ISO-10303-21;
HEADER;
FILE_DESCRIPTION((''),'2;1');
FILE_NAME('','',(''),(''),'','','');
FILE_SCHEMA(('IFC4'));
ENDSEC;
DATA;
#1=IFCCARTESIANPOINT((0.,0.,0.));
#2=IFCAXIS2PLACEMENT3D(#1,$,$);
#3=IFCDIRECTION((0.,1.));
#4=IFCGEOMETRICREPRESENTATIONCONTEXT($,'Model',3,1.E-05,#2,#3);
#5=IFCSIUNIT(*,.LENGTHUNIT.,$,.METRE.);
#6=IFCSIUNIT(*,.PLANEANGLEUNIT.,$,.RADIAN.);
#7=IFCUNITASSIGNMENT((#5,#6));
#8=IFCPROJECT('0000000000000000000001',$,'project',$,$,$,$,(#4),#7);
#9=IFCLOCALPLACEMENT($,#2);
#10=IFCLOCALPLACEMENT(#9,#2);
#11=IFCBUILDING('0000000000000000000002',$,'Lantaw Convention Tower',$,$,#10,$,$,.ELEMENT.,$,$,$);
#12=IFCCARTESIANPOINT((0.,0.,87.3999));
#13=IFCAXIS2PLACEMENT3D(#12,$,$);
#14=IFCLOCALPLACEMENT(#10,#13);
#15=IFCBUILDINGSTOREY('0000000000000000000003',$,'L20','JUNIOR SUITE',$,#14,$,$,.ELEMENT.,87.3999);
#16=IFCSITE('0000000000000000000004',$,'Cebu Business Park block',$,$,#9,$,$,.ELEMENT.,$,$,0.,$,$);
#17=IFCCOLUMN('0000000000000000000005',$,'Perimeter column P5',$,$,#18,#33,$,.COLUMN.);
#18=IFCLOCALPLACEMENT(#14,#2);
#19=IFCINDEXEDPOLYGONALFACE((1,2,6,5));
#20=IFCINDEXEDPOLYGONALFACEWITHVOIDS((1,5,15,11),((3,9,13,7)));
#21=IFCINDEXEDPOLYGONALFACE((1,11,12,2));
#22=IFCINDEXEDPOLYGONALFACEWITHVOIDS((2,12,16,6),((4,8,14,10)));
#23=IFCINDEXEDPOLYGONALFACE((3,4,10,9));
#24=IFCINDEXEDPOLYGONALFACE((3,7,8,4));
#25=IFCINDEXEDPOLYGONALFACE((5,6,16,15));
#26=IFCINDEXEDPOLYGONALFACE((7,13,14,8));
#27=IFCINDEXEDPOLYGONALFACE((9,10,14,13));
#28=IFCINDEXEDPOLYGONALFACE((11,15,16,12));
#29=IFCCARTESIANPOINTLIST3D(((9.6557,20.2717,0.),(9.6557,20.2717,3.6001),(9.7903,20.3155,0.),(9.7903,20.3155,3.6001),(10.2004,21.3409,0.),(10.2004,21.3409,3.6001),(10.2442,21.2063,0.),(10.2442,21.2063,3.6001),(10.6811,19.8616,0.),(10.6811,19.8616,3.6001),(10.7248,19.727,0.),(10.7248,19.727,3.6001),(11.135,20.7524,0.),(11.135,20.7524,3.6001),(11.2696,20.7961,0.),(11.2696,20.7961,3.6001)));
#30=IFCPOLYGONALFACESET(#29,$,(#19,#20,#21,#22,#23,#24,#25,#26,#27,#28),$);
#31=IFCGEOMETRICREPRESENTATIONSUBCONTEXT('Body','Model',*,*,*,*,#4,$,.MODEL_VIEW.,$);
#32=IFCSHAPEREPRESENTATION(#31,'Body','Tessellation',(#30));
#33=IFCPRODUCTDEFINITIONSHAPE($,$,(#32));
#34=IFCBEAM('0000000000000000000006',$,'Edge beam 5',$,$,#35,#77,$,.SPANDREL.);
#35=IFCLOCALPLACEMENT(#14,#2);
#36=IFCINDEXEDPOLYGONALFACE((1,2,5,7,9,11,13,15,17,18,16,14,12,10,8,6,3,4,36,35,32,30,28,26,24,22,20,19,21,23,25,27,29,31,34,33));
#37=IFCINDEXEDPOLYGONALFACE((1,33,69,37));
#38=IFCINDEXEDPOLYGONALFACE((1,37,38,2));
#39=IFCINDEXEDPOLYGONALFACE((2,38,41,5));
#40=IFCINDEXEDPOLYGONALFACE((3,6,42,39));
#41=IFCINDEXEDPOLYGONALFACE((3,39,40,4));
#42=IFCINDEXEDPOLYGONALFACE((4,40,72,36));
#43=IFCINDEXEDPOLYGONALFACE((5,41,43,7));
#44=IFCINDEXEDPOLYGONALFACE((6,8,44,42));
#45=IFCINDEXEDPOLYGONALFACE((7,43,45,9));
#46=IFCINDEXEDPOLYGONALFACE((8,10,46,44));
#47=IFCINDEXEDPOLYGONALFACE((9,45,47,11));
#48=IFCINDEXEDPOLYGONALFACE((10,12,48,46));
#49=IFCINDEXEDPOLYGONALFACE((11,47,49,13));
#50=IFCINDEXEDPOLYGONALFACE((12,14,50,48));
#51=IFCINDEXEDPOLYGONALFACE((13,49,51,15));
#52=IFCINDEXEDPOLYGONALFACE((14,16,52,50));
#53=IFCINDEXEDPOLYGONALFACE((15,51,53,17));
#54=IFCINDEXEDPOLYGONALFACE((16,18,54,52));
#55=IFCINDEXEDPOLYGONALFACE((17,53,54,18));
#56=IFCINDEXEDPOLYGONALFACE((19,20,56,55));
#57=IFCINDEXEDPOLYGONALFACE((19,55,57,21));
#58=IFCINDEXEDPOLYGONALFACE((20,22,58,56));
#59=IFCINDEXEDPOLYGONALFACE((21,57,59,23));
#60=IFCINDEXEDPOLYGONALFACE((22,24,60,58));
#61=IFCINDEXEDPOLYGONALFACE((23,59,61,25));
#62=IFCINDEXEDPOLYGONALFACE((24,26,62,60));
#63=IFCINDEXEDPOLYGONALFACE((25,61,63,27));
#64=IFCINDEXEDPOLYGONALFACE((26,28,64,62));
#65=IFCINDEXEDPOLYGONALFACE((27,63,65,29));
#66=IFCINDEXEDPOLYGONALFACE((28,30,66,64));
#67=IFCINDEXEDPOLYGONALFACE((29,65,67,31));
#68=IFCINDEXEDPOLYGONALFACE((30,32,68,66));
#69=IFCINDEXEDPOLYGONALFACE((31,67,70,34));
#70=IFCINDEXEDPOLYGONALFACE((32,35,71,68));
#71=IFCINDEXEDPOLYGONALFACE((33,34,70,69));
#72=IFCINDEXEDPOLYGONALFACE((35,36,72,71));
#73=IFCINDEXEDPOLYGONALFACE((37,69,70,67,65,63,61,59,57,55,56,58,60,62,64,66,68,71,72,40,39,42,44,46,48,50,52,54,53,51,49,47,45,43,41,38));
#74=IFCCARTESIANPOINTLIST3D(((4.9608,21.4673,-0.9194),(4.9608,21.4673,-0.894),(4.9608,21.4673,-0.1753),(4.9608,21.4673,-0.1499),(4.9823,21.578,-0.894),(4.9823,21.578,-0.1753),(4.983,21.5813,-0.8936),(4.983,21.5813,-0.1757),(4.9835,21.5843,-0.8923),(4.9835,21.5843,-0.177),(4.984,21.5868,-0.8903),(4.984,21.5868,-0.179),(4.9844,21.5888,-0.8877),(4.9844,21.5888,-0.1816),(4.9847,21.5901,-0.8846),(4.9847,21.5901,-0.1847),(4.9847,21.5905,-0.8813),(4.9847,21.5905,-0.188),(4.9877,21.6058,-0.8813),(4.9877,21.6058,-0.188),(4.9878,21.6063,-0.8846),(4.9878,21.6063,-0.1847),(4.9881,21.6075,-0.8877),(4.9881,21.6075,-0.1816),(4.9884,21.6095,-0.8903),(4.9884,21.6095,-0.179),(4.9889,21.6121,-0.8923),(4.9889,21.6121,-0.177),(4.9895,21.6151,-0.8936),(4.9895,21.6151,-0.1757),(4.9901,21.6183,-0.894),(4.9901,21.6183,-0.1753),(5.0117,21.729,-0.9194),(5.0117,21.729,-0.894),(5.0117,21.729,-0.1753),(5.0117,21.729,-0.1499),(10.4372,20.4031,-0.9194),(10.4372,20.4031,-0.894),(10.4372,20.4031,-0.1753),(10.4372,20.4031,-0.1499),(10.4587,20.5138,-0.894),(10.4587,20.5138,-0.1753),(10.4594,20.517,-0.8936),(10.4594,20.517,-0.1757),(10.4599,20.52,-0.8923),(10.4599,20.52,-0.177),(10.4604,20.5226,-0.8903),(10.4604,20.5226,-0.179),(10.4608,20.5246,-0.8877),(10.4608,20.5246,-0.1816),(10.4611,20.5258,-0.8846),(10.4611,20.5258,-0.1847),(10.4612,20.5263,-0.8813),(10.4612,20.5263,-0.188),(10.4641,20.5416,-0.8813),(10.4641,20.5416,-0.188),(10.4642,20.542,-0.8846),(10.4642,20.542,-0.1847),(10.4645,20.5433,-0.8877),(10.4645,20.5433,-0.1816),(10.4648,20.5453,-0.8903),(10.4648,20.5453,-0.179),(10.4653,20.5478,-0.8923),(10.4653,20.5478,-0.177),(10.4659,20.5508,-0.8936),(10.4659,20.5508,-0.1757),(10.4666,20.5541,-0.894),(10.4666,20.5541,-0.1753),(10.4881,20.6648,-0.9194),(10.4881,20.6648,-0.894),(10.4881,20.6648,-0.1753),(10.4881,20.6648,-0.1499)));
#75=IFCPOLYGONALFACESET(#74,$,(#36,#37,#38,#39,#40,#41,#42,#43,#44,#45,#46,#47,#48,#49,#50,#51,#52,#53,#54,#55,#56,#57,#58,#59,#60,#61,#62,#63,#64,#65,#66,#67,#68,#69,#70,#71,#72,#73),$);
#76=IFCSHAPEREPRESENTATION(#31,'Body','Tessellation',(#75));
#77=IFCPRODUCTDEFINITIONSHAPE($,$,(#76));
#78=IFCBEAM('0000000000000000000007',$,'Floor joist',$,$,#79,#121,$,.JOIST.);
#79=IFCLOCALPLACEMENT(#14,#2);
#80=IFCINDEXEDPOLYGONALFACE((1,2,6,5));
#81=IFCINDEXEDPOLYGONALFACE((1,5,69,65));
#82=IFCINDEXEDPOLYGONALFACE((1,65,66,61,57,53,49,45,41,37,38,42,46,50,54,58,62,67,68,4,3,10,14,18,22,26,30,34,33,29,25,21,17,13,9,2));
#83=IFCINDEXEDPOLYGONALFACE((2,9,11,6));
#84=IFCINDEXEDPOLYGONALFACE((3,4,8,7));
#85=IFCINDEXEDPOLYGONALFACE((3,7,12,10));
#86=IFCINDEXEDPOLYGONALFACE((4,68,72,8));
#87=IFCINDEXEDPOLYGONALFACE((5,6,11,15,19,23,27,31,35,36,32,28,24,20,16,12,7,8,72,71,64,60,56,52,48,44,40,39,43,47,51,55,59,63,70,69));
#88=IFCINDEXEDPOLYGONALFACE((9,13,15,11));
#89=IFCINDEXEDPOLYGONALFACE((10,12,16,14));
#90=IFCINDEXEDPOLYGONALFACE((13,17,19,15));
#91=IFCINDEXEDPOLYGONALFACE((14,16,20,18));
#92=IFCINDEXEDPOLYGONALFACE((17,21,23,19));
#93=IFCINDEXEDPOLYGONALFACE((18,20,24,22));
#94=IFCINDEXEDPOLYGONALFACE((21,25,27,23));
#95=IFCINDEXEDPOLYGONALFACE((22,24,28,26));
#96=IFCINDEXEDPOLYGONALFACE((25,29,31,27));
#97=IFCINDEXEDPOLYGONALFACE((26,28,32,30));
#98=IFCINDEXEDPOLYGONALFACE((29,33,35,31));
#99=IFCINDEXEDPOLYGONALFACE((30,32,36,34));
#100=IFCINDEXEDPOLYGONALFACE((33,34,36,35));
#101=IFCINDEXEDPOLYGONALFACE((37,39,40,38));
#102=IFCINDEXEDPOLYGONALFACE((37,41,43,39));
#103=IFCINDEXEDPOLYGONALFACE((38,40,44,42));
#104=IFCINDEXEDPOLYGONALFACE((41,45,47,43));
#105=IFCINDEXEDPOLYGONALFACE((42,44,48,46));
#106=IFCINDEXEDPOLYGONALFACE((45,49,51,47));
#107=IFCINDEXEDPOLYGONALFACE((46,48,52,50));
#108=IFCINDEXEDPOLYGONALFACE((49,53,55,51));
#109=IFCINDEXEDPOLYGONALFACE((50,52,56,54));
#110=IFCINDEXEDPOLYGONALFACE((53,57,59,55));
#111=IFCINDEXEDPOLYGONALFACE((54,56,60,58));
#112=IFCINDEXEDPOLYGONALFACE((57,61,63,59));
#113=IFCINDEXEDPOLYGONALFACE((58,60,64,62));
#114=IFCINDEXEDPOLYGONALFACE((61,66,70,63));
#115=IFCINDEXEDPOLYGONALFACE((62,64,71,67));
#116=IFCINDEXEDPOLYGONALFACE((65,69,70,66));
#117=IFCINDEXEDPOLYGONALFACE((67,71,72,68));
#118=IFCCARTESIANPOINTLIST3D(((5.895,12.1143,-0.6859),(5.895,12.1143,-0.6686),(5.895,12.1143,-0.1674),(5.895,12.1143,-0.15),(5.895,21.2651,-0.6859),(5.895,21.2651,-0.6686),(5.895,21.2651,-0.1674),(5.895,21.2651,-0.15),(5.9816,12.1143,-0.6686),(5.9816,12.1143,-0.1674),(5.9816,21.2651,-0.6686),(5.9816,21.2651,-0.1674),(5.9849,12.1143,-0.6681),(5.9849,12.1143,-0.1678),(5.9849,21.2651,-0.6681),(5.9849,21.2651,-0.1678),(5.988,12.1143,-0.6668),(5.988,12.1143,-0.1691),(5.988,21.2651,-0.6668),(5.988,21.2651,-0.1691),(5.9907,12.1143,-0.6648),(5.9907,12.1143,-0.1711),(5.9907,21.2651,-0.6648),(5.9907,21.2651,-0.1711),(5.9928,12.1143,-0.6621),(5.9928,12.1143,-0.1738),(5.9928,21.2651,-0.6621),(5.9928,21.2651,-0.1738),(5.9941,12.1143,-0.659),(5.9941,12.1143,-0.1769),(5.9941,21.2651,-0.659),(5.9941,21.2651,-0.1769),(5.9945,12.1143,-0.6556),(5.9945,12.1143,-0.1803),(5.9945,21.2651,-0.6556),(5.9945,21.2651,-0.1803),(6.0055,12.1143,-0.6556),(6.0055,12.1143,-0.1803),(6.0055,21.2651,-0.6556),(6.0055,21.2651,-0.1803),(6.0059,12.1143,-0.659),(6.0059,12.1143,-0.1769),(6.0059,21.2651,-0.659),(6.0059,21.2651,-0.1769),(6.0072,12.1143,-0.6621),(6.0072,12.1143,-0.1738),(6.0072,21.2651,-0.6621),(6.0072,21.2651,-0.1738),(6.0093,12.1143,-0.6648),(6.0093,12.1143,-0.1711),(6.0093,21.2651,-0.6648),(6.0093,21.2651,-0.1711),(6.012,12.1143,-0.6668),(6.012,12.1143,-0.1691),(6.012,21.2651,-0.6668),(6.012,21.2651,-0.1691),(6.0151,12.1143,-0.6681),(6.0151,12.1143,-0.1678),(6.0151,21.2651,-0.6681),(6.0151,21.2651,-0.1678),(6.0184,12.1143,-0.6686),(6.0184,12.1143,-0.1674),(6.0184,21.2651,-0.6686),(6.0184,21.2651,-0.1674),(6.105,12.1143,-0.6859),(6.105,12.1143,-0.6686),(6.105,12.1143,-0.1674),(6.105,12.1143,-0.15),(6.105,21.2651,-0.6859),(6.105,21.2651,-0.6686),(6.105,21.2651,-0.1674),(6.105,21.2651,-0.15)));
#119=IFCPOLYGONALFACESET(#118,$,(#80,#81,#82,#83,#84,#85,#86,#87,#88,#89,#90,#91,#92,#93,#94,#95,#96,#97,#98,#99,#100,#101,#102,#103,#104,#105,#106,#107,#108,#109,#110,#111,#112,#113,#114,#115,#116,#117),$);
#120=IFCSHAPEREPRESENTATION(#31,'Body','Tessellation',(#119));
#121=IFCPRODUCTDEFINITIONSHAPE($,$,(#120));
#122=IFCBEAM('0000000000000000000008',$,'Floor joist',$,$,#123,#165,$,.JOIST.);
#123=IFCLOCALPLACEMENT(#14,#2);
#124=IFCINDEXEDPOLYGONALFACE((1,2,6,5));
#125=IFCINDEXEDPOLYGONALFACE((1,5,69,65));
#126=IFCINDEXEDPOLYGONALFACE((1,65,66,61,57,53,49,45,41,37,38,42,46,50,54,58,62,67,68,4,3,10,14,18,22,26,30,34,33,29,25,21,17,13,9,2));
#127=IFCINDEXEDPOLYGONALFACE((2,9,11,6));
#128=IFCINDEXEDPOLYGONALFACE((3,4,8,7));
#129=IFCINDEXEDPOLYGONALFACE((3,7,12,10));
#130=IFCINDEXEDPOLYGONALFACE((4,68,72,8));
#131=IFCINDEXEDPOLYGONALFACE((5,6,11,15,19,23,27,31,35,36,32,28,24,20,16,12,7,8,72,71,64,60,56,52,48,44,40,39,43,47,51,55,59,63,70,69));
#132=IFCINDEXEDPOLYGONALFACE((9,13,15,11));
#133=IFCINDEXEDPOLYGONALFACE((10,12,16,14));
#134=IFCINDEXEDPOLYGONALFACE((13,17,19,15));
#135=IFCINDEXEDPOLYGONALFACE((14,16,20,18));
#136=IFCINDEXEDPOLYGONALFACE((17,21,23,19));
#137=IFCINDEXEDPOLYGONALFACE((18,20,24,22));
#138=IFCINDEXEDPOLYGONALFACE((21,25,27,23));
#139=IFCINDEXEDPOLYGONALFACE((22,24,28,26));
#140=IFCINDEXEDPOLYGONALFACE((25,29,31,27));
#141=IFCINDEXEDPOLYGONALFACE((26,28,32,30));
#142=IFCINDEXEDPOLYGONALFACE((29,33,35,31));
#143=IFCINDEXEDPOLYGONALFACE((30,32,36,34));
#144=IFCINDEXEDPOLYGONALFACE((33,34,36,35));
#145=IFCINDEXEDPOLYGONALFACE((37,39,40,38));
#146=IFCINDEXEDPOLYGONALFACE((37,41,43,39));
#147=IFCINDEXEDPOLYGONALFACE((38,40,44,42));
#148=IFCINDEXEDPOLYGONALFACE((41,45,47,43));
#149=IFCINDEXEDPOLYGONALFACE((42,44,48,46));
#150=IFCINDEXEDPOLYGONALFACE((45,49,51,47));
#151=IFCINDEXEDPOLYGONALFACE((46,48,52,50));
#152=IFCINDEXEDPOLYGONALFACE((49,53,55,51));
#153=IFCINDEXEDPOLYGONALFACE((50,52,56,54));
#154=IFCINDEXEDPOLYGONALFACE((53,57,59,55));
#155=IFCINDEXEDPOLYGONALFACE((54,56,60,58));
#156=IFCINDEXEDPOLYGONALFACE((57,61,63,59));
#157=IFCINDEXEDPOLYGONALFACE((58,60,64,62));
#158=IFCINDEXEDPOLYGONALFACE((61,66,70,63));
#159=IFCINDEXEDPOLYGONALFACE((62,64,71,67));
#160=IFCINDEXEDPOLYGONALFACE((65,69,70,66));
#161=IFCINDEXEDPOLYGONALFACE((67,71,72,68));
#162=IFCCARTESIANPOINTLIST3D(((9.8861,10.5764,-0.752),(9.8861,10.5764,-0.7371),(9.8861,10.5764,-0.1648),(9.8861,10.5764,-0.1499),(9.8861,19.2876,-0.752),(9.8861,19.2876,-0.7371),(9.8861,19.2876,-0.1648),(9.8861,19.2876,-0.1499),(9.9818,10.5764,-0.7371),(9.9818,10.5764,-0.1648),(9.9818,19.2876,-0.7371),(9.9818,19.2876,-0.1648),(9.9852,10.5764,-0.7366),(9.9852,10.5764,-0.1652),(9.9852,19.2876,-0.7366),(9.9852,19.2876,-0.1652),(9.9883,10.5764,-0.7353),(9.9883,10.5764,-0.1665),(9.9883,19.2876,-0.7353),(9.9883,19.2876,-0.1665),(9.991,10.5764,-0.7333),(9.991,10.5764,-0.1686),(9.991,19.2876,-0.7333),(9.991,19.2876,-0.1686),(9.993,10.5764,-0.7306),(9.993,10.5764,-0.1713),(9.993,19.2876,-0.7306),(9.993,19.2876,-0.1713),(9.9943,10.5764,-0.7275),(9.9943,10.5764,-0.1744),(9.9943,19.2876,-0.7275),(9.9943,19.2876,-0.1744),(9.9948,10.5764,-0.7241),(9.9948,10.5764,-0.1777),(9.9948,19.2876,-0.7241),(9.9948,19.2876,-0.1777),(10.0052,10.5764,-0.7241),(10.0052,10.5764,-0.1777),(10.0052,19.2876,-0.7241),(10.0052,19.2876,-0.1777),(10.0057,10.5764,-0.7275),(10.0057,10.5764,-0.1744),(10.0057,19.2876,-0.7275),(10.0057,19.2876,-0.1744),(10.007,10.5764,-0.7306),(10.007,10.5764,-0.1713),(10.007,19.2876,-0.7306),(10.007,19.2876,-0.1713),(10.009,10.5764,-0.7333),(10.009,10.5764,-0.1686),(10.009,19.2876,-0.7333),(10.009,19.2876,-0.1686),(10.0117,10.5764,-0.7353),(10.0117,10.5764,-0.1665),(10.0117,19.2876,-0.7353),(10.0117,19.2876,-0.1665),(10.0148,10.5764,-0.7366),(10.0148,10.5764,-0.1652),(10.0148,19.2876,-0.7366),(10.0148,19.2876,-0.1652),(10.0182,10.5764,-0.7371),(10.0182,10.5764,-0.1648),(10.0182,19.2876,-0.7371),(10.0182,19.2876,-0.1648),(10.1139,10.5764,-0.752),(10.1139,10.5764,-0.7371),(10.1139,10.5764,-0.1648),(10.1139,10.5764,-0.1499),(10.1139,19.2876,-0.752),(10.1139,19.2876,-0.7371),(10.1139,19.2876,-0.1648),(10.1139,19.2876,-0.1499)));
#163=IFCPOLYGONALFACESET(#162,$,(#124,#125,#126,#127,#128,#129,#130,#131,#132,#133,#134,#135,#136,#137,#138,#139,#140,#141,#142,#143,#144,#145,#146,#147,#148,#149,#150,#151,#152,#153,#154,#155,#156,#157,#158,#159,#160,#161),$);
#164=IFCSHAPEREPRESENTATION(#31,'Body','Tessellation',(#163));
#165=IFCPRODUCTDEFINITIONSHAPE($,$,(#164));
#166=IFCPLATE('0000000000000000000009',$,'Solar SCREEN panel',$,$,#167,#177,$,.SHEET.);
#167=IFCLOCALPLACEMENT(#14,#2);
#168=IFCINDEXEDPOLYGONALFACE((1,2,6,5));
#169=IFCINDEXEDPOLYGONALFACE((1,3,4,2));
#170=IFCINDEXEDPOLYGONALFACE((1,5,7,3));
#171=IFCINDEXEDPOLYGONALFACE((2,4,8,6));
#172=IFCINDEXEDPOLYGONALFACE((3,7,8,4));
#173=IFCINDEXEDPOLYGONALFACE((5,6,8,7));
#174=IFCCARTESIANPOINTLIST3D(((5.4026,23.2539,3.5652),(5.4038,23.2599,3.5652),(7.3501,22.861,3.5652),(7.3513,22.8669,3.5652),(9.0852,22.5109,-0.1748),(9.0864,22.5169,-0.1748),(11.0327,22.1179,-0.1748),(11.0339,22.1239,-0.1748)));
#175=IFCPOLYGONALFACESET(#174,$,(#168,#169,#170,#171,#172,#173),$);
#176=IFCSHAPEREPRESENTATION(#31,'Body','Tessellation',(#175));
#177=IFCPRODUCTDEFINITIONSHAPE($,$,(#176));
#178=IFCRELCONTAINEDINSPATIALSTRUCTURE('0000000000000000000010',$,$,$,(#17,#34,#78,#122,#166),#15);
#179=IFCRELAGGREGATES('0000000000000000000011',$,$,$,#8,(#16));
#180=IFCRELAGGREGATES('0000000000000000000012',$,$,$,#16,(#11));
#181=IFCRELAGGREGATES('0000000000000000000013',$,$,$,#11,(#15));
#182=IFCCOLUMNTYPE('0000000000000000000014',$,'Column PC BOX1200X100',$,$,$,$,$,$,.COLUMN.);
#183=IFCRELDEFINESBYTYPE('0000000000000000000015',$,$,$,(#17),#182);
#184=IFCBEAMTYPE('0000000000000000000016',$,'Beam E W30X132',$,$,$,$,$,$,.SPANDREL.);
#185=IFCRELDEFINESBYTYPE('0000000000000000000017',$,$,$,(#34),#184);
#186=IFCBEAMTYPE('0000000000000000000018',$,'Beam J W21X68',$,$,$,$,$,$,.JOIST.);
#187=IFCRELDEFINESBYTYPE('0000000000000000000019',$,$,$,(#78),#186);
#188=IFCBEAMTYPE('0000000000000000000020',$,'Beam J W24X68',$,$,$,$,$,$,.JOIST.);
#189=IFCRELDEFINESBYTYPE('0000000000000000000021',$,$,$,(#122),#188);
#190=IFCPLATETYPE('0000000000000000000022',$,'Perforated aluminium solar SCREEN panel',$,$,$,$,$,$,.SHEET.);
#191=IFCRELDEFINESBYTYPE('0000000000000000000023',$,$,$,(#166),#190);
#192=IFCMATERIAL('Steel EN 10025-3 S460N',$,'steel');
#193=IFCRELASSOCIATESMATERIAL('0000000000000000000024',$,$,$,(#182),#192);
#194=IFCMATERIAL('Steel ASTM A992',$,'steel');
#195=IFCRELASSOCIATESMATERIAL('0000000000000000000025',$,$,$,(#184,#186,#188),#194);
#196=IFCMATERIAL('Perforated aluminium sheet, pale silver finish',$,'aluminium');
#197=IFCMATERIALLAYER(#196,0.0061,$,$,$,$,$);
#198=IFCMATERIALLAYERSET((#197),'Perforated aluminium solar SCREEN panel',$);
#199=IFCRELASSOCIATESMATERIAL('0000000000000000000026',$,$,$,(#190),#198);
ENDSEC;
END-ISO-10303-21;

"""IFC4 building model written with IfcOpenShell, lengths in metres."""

from ifc_helpers import new_model, si_unit, direction, frame, origin, origin_2d, place, context, subcontext, project, spatial, polyline, rectangle, hollow_rectangle, i_section, outline, extrude, material, layer, layer_set, material_profile, profile_set, type_object, element, save


model = new_model("IFC4")

# Units and contexts
model_context = context("Model", 3, precision=1e-05, world=origin(), true_north=direction((0.0, 1.0)))
body_context = subcontext(model_context, "Body", "Model", "MODEL_VIEW")
ifc_project = project(units=[si_unit("LENGTHUNIT", "METRE"), si_unit("PLANEANGLEUNIT", "RADIAN")], contexts=[model_context])

# Site, building, storey
site_placement = place(None, origin())
site = spatial("IfcSite", under=ifc_project, at=site_placement, Name="Cebu Business Park block", CompositionType="ELEMENT", RefElevation=0.0)
building_placement = place(site_placement, origin())
building = spatial("IfcBuilding", under=site, at=building_placement, Name="Lantaw Convention Tower", CompositionType="ELEMENT")
storey_placement = place(building_placement, frame((0.0, 0.0, 87.3999)))
storey = spatial("IfcBuildingStorey", under=building, at=storey_placement, Name="L20", Description="JUNIOR SUITE", CompositionType="ELEMENT", Elevation=87.3999)

# Column
ifc_material_1 = material(Name="Steel EN 10025-3 S460N", Category="steel")
ifc_material_profile_1 = material_profile(ifc_material_1, hollow_rectangle(XDim=1.2, YDim=1.2, WallThickness=0.1001, at=origin_2d()), Name="BOX1200X100")
ifc_material_2 = material(Name="Concrete C60/75", Category="concrete")
ifc_material_profile_2 = material_profile(ifc_material_2, rectangle(XDim=1.0, YDim=1.0, at=origin_2d()), Name="Concrete fill of BOX1200X100")
ifc_profile_set_1 = profile_set([ifc_material_profile_1, ifc_material_profile_2], Name="Steel EN 10025-3 S460N")
column_type = type_object("IfcColumnType", Name="Column PC BOX1200X100", PredefinedType="COLUMN", material=ifc_profile_set_1)
column_placement = place(storey_placement, frame((10.4626, 20.5339, 0.0), z_axis=(0.0, 0.0, 1.0), x_axis=(0.45399, 0.891007, 0.0)))
element("IfcColumn", 1, at=column_placement, inside=storey, type_object=column_type, Name="Perimeter column P5", PredefinedType="COLUMN", context=body_context, shape_type="SweptSolid", body=[
    extrude(hollow_rectangle(XDim=1.2, YDim=1.2, WallThickness=0.1001, at=origin_2d()), origin(), (0.0, 0.0, 1.0), 3.6001),
])

# Beams
ifc_material_3 = material(Name="Steel ASTM A992", Category="steel")
ifc_material_profile_3 = material_profile(ifc_material_3, i_section(OverallWidth=0.2666, OverallDepth=0.7695, WebThickness=0.0156, FlangeThickness=0.0254, FilletRadius=0.0127, at=origin_2d()), Name="W30X132")
ifc_profile_set_2 = profile_set([ifc_material_profile_3], Name="Steel ASTM A992")
beam_type_1 = type_object("IfcBeamType", Name="Beam E W30X132", PredefinedType="SPANDREL", material=ifc_profile_set_2)
beam_1_placement = place(storey_placement, frame((10.4626, 20.5339, -0.5347), z_axis=(-0.981637, 0.190761, 0.0), x_axis=(-0.190761, -0.981637, 0.0)))
element("IfcBeam", 2, at=beam_1_placement, inside=storey, type_object=beam_type_1, Name="Edge beam 5", PredefinedType="SPANDREL", context=body_context, shape_type="SweptSolid", body=[
    extrude(i_section(OverallWidth=0.2666, OverallDepth=0.7695, WebThickness=0.0156, FlangeThickness=0.0254, FilletRadius=0.0127, at=origin_2d()), origin(), (0.0, 0.0, 1.0), 5.5789),
])
ifc_material_profile_4 = material_profile(ifc_material_3, i_section(OverallWidth=0.21, OverallDepth=0.5359, WebThickness=0.011, FlangeThickness=0.0173, FilletRadius=0.0129, at=origin_2d()), Name="W21X68")
ifc_profile_set_3 = profile_set([ifc_material_profile_4], Name="Steel ASTM A992")
beam_type_2 = type_object("IfcBeamType", Name="Beam J W21X68", PredefinedType="JOIST", material=ifc_profile_set_3)
beam_2_placement = place(storey_placement, frame((6.0, 12.1143, -0.418), z_axis=(0.0, 1.0, 0.0), x_axis=(-1.0, 0.0, 0.0)))
element("IfcBeam", 3, at=beam_2_placement, inside=storey, type_object=beam_type_2, Name="Floor joist", PredefinedType="JOIST", context=body_context, shape_type="SweptSolid", body=[
    extrude(i_section(OverallWidth=0.21, OverallDepth=0.5359, WebThickness=0.011, FlangeThickness=0.0173, FilletRadius=0.0129, at=origin_2d()), origin(), (0.0, 0.0, 1.0), 9.1509),
])
ifc_material_profile_5 = material_profile(ifc_material_3, i_section(OverallWidth=0.2278, OverallDepth=0.6021, WebThickness=0.0105, FlangeThickness=0.0149, FilletRadius=0.0129, at=origin_2d()), Name="W24X68")
ifc_profile_set_4 = profile_set([ifc_material_profile_5], Name="Steel ASTM A992")
beam_type_3 = type_object("IfcBeamType", Name="Beam J W24X68", PredefinedType="JOIST", material=ifc_profile_set_4)
beam_3_placement = place(storey_placement, frame((10.0, 10.5764, -0.4509), z_axis=(0.0, 1.0, 0.0), x_axis=(-1.0, 0.0, 0.0)))
element("IfcBeam", 4, at=beam_3_placement, inside=storey, type_object=beam_type_3, Name="Floor joist", PredefinedType="JOIST", context=body_context, shape_type="SweptSolid", body=[
    extrude(i_section(OverallWidth=0.2278, OverallDepth=0.6021, WebThickness=0.0105, FlangeThickness=0.0149, FilletRadius=0.0129, at=origin_2d()), origin(), (0.0, 0.0, 1.0), 8.7112),
])

# Plate
ifc_material_4 = material(Name="Perforated aluminium sheet, pale silver finish", Category="aluminium")
ifc_layer_1 = layer(ifc_material_4, 0.0061)
ifc_layer_set_1 = layer_set([ifc_layer_1], Name="Perforated aluminium solar SCREEN panel")
plate_type = type_object("IfcPlateType", Name="Perforated aluminium solar SCREEN panel", PredefinedType="SHEET", material=ifc_layer_set_1)
plate_placement = place(storey_placement, frame((11.0327, 22.1179, -0.1748), z_axis=(-0.197782, -0.980246, 0.000002), x_axis=(-0.980246, 0.197782, 0.0)))
element("IfcPlate", 5, at=plate_placement, inside=storey, type_object=plate_type, Name="Solar SCREEN panel", PredefinedType="SHEET", context=body_context, shape_type="SweptSolid", body=[
    extrude(outline(polyline([(0.0, 0.0), (1.9868, 0.0), (5.7436, -3.74), (3.7569, -3.74), (0.0, 0.0)])), origin(), (0.0, 0.0, -1.0), 0.0061),
])

save(model, "model.ifc")
